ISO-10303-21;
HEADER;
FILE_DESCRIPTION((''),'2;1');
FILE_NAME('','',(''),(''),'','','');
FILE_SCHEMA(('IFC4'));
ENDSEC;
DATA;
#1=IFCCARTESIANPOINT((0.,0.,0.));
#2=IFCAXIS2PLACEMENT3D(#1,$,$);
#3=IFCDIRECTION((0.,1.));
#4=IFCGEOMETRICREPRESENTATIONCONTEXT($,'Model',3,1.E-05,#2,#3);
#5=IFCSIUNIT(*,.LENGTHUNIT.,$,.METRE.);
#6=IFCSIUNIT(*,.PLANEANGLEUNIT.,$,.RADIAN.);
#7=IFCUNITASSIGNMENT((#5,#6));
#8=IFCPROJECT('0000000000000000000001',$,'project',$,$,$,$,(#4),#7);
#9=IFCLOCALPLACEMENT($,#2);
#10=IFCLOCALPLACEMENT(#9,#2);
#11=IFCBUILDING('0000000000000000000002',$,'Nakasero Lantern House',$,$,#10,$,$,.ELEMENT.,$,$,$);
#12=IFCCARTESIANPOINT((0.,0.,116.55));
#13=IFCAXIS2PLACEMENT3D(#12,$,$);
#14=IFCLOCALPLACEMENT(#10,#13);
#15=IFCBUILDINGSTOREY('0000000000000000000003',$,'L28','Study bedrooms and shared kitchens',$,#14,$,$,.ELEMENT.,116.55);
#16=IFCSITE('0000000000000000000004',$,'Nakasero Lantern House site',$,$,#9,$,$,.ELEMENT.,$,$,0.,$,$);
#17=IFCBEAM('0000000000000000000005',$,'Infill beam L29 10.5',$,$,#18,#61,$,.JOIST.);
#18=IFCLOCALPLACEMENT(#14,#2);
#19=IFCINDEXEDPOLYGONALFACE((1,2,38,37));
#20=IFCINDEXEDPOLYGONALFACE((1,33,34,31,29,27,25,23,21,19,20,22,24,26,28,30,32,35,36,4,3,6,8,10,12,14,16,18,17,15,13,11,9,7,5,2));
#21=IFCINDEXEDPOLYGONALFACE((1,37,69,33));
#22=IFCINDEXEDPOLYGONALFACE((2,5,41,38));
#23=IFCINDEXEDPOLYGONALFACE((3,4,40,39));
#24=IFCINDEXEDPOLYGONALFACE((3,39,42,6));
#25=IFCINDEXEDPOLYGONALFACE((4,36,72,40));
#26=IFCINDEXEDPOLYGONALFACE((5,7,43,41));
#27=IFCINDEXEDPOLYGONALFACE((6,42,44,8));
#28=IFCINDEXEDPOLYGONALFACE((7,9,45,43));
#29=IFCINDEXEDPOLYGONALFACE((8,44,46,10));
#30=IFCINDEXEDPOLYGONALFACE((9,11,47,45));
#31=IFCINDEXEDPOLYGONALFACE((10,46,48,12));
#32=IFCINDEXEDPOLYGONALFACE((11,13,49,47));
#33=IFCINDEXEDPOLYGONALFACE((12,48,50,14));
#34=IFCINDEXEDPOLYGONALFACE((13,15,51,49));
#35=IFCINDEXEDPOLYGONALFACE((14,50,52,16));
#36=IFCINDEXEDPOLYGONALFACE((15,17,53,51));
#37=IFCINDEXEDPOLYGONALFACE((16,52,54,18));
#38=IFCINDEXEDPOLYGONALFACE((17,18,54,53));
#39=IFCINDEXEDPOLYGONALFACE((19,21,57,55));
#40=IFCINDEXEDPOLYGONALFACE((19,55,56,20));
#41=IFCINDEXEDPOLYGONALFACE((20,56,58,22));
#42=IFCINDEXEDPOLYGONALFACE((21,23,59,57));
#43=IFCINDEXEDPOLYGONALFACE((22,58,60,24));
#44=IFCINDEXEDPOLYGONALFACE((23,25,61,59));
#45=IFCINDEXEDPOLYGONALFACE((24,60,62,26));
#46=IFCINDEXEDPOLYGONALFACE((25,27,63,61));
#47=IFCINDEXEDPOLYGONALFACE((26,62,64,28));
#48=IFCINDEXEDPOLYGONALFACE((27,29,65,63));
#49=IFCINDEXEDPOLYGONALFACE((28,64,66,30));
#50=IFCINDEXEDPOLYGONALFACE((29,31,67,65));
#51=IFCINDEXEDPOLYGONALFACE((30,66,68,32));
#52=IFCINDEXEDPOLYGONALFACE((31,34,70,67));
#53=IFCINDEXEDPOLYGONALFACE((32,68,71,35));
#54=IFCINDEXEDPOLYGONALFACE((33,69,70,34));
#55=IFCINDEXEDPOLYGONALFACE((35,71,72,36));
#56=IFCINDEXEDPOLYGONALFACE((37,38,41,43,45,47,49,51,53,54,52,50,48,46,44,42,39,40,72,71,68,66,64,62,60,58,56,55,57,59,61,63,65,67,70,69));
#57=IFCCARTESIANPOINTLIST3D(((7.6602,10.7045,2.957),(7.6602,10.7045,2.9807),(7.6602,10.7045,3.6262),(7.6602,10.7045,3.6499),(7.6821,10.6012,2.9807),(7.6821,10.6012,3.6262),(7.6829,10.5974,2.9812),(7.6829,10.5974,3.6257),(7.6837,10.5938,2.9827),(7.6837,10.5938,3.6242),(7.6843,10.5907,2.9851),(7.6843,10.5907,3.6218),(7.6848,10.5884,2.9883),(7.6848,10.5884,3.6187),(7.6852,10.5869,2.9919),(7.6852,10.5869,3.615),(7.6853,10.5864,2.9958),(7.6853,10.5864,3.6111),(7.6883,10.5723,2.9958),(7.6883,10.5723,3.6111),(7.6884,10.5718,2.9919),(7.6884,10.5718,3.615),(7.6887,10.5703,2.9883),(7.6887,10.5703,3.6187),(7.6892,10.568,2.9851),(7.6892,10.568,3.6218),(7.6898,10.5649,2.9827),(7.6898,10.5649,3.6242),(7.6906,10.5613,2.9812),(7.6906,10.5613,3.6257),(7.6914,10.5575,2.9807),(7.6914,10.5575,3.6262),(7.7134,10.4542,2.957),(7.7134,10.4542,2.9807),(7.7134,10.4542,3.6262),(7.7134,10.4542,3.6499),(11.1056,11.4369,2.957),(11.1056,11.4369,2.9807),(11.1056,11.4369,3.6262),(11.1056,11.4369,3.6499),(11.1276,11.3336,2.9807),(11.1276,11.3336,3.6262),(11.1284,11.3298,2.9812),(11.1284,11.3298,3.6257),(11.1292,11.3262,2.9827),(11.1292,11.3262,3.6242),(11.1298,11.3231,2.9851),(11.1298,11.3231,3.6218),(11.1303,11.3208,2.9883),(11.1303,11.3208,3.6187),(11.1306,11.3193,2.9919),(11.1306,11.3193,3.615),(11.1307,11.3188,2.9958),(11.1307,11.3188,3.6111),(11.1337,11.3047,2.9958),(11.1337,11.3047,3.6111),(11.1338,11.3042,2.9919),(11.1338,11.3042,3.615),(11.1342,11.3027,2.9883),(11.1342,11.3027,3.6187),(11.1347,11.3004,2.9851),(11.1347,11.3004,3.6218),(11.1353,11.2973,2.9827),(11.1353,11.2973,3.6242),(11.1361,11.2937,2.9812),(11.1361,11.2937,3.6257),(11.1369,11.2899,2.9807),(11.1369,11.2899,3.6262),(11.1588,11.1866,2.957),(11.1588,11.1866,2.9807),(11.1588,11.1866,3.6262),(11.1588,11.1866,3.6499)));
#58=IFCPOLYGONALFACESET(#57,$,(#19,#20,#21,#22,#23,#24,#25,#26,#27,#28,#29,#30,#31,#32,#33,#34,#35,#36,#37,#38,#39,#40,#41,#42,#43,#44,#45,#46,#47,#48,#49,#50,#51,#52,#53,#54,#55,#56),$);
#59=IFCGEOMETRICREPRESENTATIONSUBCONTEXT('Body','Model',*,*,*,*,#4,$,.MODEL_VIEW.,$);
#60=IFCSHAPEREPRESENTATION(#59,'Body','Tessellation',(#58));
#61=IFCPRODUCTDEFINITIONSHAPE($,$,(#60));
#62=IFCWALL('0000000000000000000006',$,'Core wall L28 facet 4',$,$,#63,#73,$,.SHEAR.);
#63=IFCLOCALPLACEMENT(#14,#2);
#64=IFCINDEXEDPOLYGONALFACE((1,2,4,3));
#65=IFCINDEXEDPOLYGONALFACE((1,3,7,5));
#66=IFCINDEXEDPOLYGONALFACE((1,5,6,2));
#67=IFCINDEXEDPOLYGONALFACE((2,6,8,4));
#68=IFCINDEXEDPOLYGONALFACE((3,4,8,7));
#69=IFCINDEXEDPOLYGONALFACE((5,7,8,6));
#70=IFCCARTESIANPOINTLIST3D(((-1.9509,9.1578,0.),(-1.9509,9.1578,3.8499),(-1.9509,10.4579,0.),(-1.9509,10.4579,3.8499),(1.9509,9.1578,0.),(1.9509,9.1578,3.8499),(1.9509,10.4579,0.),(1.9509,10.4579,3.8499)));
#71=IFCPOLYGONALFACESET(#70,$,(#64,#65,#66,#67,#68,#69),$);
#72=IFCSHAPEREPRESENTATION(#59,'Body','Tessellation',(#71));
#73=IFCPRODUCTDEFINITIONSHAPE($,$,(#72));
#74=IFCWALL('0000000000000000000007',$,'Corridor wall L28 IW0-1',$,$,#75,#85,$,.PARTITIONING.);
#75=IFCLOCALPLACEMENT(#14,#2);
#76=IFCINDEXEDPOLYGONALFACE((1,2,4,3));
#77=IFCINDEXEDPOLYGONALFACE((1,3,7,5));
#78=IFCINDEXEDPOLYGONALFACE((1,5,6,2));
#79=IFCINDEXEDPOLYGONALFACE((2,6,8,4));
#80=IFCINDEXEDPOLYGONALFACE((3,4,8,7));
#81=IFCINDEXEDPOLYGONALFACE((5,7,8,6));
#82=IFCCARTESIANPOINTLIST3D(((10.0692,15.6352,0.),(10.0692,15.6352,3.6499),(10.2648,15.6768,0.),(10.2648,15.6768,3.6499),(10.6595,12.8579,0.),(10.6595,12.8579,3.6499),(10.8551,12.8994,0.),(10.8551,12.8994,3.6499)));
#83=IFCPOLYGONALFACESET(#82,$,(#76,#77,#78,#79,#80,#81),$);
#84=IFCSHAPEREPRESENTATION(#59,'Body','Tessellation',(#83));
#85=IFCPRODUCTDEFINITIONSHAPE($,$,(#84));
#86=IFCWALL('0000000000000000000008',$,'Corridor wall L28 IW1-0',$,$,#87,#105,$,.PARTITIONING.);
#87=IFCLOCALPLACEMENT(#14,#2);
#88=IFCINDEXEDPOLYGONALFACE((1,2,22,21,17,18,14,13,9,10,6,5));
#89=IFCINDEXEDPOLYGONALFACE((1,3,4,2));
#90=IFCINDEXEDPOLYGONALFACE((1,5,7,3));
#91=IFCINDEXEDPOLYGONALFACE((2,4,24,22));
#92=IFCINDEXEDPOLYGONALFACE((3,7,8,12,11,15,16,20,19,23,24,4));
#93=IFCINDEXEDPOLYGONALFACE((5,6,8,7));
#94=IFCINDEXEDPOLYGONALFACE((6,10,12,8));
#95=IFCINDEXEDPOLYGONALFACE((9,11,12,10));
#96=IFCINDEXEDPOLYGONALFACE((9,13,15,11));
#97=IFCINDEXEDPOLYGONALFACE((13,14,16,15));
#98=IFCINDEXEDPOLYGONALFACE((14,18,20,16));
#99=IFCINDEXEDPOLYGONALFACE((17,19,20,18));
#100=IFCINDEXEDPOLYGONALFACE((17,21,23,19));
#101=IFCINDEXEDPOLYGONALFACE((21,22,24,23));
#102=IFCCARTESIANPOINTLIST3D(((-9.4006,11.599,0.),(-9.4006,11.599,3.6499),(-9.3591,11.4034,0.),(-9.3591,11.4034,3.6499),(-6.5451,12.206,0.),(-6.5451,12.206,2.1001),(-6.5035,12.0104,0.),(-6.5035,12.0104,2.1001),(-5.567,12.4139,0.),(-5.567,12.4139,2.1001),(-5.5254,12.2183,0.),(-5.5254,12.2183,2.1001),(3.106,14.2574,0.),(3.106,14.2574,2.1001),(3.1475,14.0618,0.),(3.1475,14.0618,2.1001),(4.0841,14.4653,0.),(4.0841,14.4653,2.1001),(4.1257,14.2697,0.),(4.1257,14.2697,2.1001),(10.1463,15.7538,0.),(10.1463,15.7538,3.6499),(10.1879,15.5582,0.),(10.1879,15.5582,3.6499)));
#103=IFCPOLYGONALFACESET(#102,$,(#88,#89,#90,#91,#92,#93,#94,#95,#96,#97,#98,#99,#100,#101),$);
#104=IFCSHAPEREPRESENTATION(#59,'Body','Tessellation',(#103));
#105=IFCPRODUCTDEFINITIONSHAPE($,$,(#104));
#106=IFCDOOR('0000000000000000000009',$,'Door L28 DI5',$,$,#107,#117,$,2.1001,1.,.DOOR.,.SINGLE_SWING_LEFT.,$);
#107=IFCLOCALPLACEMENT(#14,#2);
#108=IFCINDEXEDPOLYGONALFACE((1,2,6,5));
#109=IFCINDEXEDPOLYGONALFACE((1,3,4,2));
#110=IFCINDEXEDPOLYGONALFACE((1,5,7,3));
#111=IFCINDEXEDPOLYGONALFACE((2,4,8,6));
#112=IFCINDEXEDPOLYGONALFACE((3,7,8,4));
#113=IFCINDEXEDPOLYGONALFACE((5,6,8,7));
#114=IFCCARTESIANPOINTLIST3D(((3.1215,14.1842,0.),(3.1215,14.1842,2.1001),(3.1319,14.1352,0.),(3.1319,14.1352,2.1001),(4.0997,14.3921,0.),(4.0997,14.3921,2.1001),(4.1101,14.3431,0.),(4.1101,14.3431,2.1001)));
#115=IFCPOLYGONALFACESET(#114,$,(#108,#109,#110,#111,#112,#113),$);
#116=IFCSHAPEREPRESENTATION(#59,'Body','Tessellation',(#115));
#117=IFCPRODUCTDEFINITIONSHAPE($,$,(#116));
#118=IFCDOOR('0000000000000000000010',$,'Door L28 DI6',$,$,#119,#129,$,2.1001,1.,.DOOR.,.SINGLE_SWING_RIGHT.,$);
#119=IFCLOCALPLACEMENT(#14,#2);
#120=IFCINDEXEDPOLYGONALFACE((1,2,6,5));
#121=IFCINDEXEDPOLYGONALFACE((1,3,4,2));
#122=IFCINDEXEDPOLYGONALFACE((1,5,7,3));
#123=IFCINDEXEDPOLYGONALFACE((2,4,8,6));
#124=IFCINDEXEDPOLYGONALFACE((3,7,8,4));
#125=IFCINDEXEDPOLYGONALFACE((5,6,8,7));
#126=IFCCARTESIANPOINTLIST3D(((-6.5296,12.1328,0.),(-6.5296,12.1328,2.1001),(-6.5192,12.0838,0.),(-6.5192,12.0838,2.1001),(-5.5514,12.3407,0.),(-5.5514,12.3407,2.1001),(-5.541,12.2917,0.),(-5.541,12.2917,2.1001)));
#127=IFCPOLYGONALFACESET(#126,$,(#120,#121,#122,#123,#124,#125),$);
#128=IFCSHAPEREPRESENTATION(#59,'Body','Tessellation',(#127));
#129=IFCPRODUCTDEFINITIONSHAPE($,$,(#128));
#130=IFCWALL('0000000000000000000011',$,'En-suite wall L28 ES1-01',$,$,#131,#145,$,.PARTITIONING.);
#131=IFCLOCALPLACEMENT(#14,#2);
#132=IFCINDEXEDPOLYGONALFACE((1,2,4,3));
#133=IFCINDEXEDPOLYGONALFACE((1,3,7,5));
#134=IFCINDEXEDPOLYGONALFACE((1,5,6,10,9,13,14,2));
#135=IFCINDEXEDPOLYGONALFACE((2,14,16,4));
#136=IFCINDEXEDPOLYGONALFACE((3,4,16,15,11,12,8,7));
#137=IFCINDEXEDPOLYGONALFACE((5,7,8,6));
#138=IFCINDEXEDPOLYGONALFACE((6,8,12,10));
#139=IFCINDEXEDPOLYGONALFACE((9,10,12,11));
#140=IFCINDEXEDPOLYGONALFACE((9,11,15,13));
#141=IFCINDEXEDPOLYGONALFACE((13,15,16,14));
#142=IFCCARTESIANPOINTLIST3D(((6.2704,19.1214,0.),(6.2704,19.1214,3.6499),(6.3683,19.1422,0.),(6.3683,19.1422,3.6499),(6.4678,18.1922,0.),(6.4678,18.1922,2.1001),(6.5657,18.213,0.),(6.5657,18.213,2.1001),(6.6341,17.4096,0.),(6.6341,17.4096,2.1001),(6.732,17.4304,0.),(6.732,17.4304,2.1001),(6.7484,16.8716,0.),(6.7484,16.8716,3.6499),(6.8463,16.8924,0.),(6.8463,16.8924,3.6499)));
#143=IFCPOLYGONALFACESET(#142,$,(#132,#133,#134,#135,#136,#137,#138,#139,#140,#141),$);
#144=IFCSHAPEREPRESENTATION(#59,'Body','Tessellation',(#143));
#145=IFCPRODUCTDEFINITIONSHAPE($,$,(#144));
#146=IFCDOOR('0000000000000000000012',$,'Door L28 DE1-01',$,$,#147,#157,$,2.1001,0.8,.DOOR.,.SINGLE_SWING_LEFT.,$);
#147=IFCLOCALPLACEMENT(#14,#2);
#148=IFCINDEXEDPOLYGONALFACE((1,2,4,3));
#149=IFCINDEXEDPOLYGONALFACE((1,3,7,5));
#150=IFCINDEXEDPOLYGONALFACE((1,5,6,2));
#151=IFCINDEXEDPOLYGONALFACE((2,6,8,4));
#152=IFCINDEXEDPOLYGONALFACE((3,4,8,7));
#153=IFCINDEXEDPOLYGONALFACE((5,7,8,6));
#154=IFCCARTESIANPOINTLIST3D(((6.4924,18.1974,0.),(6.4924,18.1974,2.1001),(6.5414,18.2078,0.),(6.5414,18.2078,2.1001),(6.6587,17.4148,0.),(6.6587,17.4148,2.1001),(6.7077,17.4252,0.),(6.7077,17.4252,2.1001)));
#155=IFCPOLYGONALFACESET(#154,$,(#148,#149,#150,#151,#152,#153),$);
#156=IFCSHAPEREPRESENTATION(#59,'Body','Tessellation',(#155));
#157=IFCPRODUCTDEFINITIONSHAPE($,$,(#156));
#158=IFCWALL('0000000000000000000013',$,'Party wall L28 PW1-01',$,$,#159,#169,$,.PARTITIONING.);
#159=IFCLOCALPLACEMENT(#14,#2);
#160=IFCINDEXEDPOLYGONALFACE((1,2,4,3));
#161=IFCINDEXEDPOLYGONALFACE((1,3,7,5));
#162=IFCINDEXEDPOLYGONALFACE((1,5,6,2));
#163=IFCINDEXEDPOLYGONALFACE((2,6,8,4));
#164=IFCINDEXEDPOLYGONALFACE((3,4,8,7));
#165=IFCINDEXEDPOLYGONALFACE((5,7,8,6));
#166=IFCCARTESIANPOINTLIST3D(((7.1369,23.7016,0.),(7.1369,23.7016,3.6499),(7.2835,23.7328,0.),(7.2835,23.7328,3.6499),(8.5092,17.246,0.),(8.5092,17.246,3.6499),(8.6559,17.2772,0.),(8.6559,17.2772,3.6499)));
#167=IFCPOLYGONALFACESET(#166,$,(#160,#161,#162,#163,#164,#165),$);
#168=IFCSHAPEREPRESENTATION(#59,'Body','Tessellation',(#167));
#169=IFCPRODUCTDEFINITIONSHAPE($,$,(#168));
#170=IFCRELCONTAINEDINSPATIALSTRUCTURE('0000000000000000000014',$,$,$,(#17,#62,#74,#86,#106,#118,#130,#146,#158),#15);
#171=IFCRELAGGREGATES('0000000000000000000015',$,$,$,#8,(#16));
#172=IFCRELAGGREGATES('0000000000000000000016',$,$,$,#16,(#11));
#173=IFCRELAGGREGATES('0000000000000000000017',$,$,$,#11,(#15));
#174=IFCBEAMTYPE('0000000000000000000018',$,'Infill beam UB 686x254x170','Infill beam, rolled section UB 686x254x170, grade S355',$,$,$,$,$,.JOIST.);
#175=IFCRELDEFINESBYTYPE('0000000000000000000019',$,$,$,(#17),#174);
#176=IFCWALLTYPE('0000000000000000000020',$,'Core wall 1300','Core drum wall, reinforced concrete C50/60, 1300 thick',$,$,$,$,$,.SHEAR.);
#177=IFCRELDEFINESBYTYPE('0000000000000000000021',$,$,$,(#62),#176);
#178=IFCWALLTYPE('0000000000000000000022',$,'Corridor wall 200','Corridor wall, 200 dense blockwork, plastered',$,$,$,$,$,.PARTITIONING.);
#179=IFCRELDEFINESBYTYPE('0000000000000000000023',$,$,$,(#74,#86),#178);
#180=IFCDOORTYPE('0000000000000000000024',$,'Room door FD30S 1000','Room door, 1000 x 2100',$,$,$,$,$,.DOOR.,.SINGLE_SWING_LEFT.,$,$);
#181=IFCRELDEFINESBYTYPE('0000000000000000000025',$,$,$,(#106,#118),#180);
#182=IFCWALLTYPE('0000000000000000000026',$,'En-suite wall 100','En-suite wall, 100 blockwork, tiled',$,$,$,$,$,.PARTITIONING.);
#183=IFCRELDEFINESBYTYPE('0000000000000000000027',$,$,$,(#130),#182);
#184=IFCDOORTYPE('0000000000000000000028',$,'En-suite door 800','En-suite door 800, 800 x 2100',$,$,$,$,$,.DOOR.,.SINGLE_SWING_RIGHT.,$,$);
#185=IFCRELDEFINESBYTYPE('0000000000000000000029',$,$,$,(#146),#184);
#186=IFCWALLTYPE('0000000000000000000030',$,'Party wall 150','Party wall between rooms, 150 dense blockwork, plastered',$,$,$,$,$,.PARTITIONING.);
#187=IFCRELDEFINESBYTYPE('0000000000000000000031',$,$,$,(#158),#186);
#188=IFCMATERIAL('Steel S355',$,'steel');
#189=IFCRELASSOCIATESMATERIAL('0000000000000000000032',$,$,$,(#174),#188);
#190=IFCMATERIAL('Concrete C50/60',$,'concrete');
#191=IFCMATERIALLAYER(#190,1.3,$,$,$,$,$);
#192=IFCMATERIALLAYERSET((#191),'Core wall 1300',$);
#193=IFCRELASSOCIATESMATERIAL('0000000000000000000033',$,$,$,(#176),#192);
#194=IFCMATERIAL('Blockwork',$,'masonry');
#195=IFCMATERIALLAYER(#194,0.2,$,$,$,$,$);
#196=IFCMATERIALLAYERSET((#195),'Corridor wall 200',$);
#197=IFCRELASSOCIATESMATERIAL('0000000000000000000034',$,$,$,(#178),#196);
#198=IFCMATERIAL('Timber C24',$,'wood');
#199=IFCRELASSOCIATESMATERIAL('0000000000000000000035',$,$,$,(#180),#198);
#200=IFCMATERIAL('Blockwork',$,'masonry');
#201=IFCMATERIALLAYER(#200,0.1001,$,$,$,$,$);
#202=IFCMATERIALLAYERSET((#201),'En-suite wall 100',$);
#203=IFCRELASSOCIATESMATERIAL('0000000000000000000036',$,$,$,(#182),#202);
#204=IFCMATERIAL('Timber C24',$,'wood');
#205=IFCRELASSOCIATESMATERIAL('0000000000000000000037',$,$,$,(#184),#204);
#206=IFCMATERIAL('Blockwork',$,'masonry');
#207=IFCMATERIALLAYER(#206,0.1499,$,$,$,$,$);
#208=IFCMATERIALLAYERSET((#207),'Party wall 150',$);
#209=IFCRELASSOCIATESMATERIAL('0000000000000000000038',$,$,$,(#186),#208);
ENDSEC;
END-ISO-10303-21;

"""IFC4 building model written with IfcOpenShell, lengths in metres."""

from ifc_helpers import new_model, si_unit, direction, frame, frame_2d, origin, origin_2d, place, context, subcontext, project, spatial, rectangle, i_section, extrude, material, layer, layer_set, material_profile, profile_set, type_object, element, fill, save


model = new_model("IFC4")

# Units and contexts
model_context = context("Model", 3, precision=1e-05, world=origin(), true_north=direction((0.0, 1.0)))
body_context = subcontext(model_context, "Body", "Model", "MODEL_VIEW")
ifc_project = project(units=[si_unit("LENGTHUNIT", "METRE"), si_unit("PLANEANGLEUNIT", "RADIAN")], contexts=[model_context])

# Site, building, storey
site_placement = place(None, origin())
site = spatial("IfcSite", under=ifc_project, at=site_placement, Name="Nakasero Lantern House site", CompositionType="ELEMENT", RefElevation=0.0)
building_placement = place(site_placement, origin())
building = spatial("IfcBuilding", under=site, at=building_placement, Name="Nakasero Lantern House", CompositionType="ELEMENT")
storey_placement = place(building_placement, frame((0.0, 0.0, 116.55)))
storey = spatial("IfcBuildingStorey", under=building, at=storey_placement, Name="L28", Description="Study bedrooms and shared kitchens", CompositionType="ELEMENT", Elevation=116.55)

# Beam
ifc_material_1 = material(Name="Steel S355", Category="steel")
ifc_material_profile_1 = material_profile(ifc_material_1, i_section(OverallWidth=0.2559, OverallDepth=0.6929, WebThickness=0.0144, FlangeThickness=0.0237, FilletRadius=0.0151, at=origin_2d()), Name="UB 686x254x170")
ifc_profile_set_1 = profile_set([ifc_material_profile_1], Name="Steel S355")
beam_type_1 = type_object("IfcBeamType", Name="Infill beam UB 686x254x170", Description="Infill beam, rolled section UB 686x254x170, grade S355", PredefinedType="JOIST", material=ifc_profile_set_1)
beam_1_placement = place(storey_placement, frame((7.6868, 10.5793, 3.3035), z_axis=(0.978145, 0.207924, 0.0), x_axis=(-0.207924, 0.978145, 0.0)))
element("IfcBeam", 1, at=beam_1_placement, inside=storey, type_object=beam_type_1, Name="Infill beam L29 10.5", PredefinedType="JOIST", context=body_context, shape_type="SweptSolid", body=[
    extrude(i_section(OverallWidth=0.2559, OverallDepth=0.6929, WebThickness=0.0144, FlangeThickness=0.0237, FilletRadius=0.0151, at=origin_2d()), origin(), (0.0, 0.0, 1.0), 3.5225),
])

# Walls
ifc_material_2 = material(Name="Concrete C50/60", Category="concrete")
ifc_layer_1 = layer(ifc_material_2, 1.3)
ifc_layer_set_1 = layer_set([ifc_layer_1], Name="Core wall 1300")
wall_type_1 = type_object("IfcWallType", Name="Core wall 1300", Description="Core drum wall, reinforced concrete C50/60, 1300 thick", PredefinedType="SHEAR", material=ifc_layer_set_1)
wall_1_placement = place(storey_placement, frame((1.9509, 9.8079, 0.0), z_axis=(0.0, 0.0, 1.0), x_axis=(-1.0, 0.0, 0.0)))
element("IfcWall", 2, at=wall_1_placement, inside=storey, type_object=wall_type_1, Name="Core wall L28 facet 4", PredefinedType="SHEAR", context=body_context, shape_type="SweptSolid", body=[
    extrude(rectangle(XDim=3.9019, YDim=1.3, at=frame_2d((1.9509, 0.0))), origin(), (0.0, 0.0, 1.0), 3.8499),
])
ifc_material_3 = material(Name="Blockwork", Category="masonry")
ifc_layer_2 = layer(ifc_material_3, 0.2)
ifc_layer_set_2 = layer_set([ifc_layer_2], Name="Corridor wall 200")
wall_type_2 = type_object("IfcWallType", Name="Corridor wall 200", Description="Corridor wall, 200 dense blockwork, plastered", PredefinedType="PARTITIONING", material=ifc_layer_set_2)
wall_2_placement = place(storey_placement, frame((10.7573, 12.8787, 0.0), z_axis=(0.0, 0.0, 1.0), x_axis=(-0.207908, 0.978148, 0.0)))
element("IfcWall", 3, at=wall_2_placement, inside=storey, type_object=wall_type_2, Name="Corridor wall L28 IW0-1", PredefinedType="PARTITIONING", context=body_context, shape_type="SweptSolid", body=[
    extrude(rectangle(XDim=2.8394, YDim=0.2, at=frame_2d((1.4197, 0.0))), origin(), (0.0, 0.0, 1.0), 3.6499),
])

# Wall, openings, doors
wall_3_placement = place(storey_placement, frame((10.167, 15.656, 0.0), z_axis=(0.0, 0.0, 1.0), x_axis=(-0.978148, -0.20791, 0.0)))
wall_3 = element("IfcWall", 4, at=wall_3_placement, inside=storey, type_object=wall_type_2, Name="Corridor wall L28 IW1-0", PredefinedType="PARTITIONING", context=body_context, shape_type="SweptSolid", body=[
    extrude(rectangle(XDim=19.9836, YDim=0.2, at=frame_2d((9.9917, 0.0))), origin(), (0.0, 0.0, 1.0), 3.6499),
])
opening_1_placement = place(wall_3_placement, frame((6.1975, 0.0, 0.0)))
opening_1 = element("IfcOpeningElement", 5, at=opening_1_placement, cuts=wall_3, PredefinedType="OPENING", context=body_context, shape_type="SweptSolid", body=[
    extrude(rectangle(XDim=1.0, YDim=2.1001, at=frame_2d((0.5, 1.05))), frame((0.0, 0.1199, 0.0), z_axis=(0.0, -1.0, 0.0), x_axis=(1.0, 0.0, 0.0)), (0.0, 0.0, 1.0), 0.24),
])
opening_2_placement = place(wall_3_placement, frame((16.0642, 0.0, 0.0)))
opening_2 = element("IfcOpeningElement", 6, at=opening_2_placement, cuts=wall_3, PredefinedType="OPENING", context=body_context, shape_type="SweptSolid", body=[
    extrude(rectangle(XDim=1.0, YDim=2.1001, at=frame_2d((0.5, 1.05))), frame((0.0, 0.1199, 0.0), z_axis=(0.0, -1.0, 0.0), x_axis=(1.0, 0.0, 0.0)), (0.0, 0.0, 1.0), 0.24),
])
ifc_material_4 = material(Name="Timber C24", Category="wood")
door_type_1 = type_object("IfcDoorType", Name="Room door FD30S 1000", Description="Room door, 1000 x 2100", OperationType="SINGLE_SWING_LEFT", PredefinedType="DOOR", material=ifc_material_4)
door_1_placement = place(opening_1_placement, origin())
door_1 = element("IfcDoor", 7, at=door_1_placement, inside=storey, type_object=door_type_1, Name="Door L28 DI5", OperationType="SINGLE_SWING_LEFT", OverallHeight=2.1001, OverallWidth=1.0, PredefinedType="DOOR", context=body_context, shape_type="SweptSolid", body=[
    extrude(rectangle(XDim=1.0, YDim=2.1001, at=frame_2d((0.5, 1.05))), frame((0.0, 0.0249, 0.0), z_axis=(0.0, -1.0, 0.0), x_axis=(1.0, 0.0, 0.0)), (0.0, 0.0, 1.0), 0.05),
])
fill(opening_1, door_1)
door_2_placement = place(opening_2_placement, origin())
door_2 = element("IfcDoor", 8, at=door_2_placement, inside=storey, type_object=door_type_1, Name="Door L28 DI6", OperationType="SINGLE_SWING_RIGHT", OverallHeight=2.1001, OverallWidth=1.0, PredefinedType="DOOR", context=body_context, shape_type="SweptSolid", body=[
    extrude(rectangle(XDim=1.0, YDim=2.1001, at=frame_2d((0.5, 1.05))), frame((0.0, 0.0249, 0.0), z_axis=(0.0, -1.0, 0.0), x_axis=(1.0, 0.0, 0.0)), (0.0, 0.0, 1.0), 0.05),
])
fill(opening_2, door_2)

# Wall, opening, door
ifc_material_5 = material(Name="Blockwork", Category="masonry")
ifc_layer_3 = layer(ifc_material_5, 0.1001)
ifc_layer_set_3 = layer_set([ifc_layer_3], Name="En-suite wall 100")
wall_type_3 = type_object("IfcWallType", Name="En-suite wall 100", Description="En-suite wall, 100 blockwork, tiled", PredefinedType="PARTITIONING", material=ifc_layer_set_3)
wall_4_placement = place(storey_placement, frame((6.7974, 16.8821, 0.0), z_axis=(0.0, 0.0, 1.0), x_axis=(-0.20784, 0.978163, 0.0)))
wall_4 = element("IfcWall", 9, at=wall_4_placement, inside=storey, type_object=wall_type_3, Name="En-suite wall L28 ES1-01", PredefinedType="PARTITIONING", context=body_context, shape_type="SweptSolid", body=[
    extrude(rectangle(XDim=2.3, YDim=0.1001, at=frame_2d((1.1499, 0.0))), origin(), (0.0, 0.0, 1.0), 3.6499),
])
opening_3_placement = place(wall_4_placement, frame((0.55, 0.0, 0.0)))
opening_3 = element("IfcOpeningElement", 10, at=opening_3_placement, cuts=wall_4, PredefinedType="OPENING", context=body_context, shape_type="SweptSolid", body=[
    extrude(rectangle(XDim=0.8, YDim=2.1001, at=frame_2d((0.3999, 1.05))), frame((0.0, 0.0701, 0.0), z_axis=(0.0, -1.0, 0.0), x_axis=(1.0, 0.0, 0.0)), (0.0, 0.0, 1.0), 0.1401),
])
ifc_material_6 = material(Name="Timber C24", Category="wood")
door_type_2 = type_object("IfcDoorType", Name="En-suite door 800", Description="En-suite door 800, 800 x 2100", OperationType="SINGLE_SWING_RIGHT", PredefinedType="DOOR", material=ifc_material_6)
door_3_placement = place(opening_3_placement, origin())
door_3 = element("IfcDoor", 11, at=door_3_placement, inside=storey, type_object=door_type_2, Name="Door L28 DE1-01", OperationType="SINGLE_SWING_LEFT", OverallHeight=2.1001, OverallWidth=0.8, PredefinedType="DOOR", context=body_context, shape_type="SweptSolid", body=[
    extrude(rectangle(XDim=0.8, YDim=2.1001, at=frame_2d((0.3999, 1.05))), frame((0.0, 0.0249, 0.0), z_axis=(0.0, -1.0, 0.0), x_axis=(1.0, 0.0, 0.0)), (0.0, 0.0, 1.0), 0.05),
])
fill(opening_3, door_3)

# Wall
ifc_material_7 = material(Name="Blockwork", Category="masonry")
ifc_layer_4 = layer(ifc_material_7, 0.1499)
ifc_layer_set_4 = layer_set([ifc_layer_4], Name="Party wall 150")
wall_type_4 = type_object("IfcWallType", Name="Party wall 150", Description="Party wall between rooms, 150 dense blockwork, plastered", PredefinedType="PARTITIONING", material=ifc_layer_set_4)
wall_5_placement = place(storey_placement, frame((8.5825, 17.2617, 0.0), z_axis=(0.0, 0.0, 1.0), x_axis=(-0.207932, 0.978143, 0.0)))
element("IfcWall", 12, at=wall_5_placement, inside=storey, type_object=wall_type_4, Name="Party wall L28 PW1-01", PredefinedType="PARTITIONING", context=body_context, shape_type="SweptSolid", body=[
    extrude(rectangle(XDim=6.5999, YDim=0.1499, at=frame_2d((3.2998, 0.0))), origin(), (0.0, 0.0, 1.0), 3.6499),
])

save(model, "model.ifc")
